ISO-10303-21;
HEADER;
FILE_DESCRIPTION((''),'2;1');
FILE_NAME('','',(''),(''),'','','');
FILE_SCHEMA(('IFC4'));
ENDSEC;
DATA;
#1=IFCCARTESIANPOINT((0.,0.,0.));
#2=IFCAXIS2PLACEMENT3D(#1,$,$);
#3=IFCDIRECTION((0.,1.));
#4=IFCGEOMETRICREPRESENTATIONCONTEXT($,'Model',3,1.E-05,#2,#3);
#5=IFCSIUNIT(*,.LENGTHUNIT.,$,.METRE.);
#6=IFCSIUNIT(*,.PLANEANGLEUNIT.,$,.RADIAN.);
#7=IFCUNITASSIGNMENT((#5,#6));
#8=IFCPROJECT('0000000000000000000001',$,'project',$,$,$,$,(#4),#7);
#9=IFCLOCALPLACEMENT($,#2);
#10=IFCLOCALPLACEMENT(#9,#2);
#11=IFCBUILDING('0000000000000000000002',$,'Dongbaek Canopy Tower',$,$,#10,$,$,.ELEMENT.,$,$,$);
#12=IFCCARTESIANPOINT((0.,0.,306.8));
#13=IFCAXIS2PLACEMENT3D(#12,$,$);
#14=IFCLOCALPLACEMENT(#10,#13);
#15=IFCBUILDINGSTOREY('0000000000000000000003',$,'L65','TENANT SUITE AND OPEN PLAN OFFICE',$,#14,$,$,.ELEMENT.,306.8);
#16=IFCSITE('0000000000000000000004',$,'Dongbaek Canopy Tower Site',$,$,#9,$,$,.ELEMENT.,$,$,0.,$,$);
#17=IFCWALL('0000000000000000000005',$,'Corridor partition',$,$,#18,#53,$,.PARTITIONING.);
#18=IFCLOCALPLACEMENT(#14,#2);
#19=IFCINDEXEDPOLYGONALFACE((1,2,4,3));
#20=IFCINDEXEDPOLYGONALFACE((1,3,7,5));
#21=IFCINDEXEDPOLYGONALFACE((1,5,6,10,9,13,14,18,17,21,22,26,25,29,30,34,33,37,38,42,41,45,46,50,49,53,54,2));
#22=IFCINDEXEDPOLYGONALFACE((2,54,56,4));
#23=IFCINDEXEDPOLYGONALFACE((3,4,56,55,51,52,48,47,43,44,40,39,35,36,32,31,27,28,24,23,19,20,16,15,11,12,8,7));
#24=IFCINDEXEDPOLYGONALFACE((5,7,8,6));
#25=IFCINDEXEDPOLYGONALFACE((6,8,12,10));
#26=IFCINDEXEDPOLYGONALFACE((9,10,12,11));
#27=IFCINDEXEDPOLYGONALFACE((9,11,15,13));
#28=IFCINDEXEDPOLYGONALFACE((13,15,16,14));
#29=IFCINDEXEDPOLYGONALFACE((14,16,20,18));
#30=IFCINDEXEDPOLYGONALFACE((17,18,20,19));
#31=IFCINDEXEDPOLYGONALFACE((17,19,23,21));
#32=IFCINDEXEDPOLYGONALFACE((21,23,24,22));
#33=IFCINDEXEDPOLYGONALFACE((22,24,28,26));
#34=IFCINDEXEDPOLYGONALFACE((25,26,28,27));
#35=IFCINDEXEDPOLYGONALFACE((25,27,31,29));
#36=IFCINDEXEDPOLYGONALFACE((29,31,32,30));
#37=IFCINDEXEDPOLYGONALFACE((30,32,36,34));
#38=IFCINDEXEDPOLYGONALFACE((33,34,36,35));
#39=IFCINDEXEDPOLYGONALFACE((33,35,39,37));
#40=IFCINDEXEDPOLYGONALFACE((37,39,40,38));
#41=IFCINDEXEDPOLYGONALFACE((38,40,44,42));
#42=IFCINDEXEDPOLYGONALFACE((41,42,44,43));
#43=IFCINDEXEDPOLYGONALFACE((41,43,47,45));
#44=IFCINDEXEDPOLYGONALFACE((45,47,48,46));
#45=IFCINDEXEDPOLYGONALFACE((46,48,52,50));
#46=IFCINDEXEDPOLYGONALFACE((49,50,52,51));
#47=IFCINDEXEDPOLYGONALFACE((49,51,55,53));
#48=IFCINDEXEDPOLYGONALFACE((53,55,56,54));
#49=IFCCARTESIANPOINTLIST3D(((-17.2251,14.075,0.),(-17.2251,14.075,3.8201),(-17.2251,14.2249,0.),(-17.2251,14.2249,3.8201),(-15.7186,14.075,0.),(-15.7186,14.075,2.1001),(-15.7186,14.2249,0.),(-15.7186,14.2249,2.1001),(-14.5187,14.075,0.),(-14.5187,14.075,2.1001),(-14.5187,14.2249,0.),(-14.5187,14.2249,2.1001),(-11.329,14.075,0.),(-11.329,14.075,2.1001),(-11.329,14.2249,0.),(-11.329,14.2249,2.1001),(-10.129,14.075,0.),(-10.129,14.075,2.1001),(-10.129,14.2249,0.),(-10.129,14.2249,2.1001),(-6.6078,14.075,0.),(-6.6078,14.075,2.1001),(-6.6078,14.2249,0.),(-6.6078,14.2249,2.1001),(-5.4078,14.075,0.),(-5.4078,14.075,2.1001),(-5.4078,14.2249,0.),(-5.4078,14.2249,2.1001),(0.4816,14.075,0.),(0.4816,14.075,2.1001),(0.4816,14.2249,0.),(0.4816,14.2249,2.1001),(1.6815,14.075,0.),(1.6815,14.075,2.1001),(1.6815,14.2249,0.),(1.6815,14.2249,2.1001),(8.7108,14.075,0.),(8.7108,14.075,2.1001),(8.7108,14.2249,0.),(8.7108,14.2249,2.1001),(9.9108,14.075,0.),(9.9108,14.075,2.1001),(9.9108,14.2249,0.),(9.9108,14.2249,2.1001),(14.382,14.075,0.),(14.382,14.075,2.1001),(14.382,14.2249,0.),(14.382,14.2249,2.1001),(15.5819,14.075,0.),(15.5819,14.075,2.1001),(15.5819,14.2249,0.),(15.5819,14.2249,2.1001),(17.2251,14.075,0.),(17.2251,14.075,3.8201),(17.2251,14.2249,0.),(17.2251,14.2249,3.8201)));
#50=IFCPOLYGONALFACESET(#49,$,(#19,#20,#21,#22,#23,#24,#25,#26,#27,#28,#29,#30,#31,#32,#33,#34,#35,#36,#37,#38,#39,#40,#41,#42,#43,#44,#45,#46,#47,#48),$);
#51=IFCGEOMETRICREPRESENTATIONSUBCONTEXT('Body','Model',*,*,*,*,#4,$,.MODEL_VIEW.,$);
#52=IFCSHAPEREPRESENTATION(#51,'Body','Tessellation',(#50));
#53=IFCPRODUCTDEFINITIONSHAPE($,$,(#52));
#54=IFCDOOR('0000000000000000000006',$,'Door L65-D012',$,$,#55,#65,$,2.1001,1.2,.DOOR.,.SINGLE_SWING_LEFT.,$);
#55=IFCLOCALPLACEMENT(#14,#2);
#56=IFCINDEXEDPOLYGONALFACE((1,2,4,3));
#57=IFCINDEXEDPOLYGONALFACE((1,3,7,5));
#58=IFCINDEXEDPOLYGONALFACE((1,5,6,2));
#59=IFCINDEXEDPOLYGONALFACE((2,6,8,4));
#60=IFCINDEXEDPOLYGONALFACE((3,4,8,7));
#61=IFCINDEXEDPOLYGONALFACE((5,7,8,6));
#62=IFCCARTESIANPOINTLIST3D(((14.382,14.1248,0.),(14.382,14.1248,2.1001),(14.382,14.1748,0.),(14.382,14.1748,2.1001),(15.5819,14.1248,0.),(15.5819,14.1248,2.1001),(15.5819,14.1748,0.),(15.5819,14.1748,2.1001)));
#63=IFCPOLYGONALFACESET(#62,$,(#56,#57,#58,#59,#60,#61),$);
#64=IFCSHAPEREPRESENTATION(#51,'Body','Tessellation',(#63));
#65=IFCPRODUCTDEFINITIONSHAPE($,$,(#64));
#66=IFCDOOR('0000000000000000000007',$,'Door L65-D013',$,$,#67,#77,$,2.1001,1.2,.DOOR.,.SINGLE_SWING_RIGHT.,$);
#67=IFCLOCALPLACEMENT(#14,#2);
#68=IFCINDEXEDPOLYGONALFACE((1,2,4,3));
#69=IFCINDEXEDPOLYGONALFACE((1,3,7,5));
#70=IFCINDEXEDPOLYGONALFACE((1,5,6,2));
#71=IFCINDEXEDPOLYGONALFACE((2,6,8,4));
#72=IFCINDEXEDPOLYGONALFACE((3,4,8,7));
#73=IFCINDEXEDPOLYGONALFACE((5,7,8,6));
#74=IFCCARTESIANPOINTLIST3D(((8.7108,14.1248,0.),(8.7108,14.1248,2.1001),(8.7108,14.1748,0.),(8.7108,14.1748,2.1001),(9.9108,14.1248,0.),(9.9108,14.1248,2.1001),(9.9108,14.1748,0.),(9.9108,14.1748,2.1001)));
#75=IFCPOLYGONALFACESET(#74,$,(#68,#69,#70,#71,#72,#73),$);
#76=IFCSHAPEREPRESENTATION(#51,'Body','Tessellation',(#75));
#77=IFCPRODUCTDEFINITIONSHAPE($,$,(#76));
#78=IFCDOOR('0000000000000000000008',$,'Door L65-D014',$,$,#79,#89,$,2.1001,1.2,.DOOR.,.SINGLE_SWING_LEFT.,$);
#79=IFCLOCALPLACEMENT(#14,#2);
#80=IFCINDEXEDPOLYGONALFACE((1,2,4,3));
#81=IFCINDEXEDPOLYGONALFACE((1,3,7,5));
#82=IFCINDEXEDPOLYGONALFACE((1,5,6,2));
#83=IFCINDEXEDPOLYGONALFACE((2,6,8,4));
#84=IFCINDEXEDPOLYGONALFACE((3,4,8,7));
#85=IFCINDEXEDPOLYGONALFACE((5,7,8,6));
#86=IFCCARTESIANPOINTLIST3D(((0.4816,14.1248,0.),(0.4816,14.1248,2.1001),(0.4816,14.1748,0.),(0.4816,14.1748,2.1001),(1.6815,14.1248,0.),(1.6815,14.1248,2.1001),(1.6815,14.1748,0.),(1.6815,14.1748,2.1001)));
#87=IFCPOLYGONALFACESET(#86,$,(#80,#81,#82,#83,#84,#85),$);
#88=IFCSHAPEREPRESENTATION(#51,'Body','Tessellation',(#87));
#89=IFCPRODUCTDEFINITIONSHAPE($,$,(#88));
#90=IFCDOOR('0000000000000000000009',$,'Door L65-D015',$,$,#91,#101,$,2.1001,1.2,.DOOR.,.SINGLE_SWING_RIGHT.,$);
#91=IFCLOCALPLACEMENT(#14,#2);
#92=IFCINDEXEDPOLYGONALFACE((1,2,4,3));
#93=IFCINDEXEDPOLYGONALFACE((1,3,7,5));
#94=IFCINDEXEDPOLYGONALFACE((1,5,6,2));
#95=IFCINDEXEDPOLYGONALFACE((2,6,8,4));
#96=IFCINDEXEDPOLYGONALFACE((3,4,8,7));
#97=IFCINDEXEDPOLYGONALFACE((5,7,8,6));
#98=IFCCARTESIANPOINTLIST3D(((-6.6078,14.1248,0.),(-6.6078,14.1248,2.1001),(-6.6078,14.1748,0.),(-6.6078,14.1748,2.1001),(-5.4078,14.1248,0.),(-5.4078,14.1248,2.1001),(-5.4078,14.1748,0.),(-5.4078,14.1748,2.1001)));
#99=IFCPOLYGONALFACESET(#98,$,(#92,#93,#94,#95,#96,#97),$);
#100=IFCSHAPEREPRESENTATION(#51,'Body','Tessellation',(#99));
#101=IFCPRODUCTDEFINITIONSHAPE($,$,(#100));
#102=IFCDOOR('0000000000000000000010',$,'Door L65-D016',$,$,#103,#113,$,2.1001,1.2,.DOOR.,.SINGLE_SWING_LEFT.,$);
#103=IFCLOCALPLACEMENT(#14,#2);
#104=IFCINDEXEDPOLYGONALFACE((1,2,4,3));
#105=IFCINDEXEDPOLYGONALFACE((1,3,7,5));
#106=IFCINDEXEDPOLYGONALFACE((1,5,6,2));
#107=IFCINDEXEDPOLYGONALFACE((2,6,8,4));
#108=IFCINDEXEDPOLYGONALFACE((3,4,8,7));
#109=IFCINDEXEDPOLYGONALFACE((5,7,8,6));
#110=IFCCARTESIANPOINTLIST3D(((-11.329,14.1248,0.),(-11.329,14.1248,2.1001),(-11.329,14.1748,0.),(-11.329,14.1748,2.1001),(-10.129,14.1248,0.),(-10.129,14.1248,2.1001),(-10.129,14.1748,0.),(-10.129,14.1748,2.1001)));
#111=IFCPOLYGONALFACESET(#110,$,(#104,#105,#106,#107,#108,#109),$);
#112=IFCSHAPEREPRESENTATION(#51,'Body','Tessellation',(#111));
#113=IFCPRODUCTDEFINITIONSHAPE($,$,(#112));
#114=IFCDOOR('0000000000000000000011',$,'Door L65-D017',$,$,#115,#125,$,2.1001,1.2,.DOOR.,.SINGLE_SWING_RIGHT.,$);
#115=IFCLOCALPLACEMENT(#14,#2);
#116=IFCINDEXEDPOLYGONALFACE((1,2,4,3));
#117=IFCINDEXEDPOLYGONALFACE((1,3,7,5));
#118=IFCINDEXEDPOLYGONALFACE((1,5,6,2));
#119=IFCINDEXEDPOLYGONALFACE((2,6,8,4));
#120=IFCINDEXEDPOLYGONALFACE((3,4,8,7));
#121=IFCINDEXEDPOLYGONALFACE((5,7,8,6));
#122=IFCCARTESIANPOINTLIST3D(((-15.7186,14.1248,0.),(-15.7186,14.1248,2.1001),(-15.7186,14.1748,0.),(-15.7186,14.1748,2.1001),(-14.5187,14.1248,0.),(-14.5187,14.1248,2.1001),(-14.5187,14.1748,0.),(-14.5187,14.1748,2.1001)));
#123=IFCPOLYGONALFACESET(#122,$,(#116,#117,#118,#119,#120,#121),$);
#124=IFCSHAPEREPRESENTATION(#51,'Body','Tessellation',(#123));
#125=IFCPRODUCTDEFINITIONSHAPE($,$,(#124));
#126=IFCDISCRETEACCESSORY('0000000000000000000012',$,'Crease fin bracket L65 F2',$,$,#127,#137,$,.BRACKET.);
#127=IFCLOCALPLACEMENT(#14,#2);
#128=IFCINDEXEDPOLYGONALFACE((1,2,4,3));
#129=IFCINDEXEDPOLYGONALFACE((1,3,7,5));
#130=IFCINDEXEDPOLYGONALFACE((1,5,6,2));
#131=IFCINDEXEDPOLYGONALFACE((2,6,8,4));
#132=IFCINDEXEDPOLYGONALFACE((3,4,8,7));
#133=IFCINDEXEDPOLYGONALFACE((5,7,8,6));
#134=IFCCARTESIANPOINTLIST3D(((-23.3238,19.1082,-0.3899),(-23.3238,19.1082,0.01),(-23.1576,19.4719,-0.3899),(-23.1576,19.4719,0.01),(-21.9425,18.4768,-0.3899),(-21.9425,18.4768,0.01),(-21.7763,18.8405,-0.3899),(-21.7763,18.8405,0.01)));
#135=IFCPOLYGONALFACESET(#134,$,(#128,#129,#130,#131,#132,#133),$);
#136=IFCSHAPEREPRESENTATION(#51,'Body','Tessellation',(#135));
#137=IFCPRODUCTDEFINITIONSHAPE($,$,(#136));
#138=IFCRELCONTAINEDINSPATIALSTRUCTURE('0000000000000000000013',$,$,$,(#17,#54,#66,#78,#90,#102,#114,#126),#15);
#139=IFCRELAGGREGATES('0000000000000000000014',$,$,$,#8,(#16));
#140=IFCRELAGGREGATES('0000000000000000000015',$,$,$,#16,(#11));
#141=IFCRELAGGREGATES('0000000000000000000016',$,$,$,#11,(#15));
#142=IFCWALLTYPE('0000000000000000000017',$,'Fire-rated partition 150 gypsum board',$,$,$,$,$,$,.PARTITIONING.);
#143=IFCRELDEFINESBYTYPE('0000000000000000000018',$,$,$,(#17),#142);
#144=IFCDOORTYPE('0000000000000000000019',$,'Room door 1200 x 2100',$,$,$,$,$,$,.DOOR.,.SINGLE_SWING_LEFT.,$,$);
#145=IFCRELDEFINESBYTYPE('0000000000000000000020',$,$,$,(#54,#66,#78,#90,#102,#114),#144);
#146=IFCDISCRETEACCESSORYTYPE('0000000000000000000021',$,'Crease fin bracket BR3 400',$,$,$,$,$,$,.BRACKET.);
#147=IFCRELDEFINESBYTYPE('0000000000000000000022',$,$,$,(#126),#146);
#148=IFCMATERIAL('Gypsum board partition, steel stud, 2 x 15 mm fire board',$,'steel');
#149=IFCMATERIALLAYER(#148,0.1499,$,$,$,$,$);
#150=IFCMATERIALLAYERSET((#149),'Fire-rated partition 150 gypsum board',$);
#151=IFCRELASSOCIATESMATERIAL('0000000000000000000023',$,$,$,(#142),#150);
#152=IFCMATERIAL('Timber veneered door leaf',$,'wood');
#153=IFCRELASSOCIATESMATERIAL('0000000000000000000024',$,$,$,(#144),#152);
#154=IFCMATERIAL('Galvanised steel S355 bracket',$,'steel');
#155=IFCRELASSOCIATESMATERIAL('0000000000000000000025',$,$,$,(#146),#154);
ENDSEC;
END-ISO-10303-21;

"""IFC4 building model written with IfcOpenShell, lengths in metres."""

from ifc_helpers import new_model, si_unit, direction, frame, frame_2d, origin, origin_2d, place, context, subcontext, project, spatial, rectangle, extrude, material, layer, layer_set, type_object, element, fill, save


model = new_model("IFC4")

# Units and contexts
model_context = context("Model", 3, precision=1e-05, world=origin(), true_north=direction((0.0, 1.0)))
body_context = subcontext(model_context, "Body", "Model", "MODEL_VIEW")
ifc_project = project(units=[si_unit("LENGTHUNIT", "METRE"), si_unit("PLANEANGLEUNIT", "RADIAN")], contexts=[model_context])

# Site, building, storey
site_placement = place(None, origin())
site = spatial("IfcSite", under=ifc_project, at=site_placement, Name="Dongbaek Canopy Tower Site", CompositionType="ELEMENT", RefElevation=0.0)
building_placement = place(site_placement, origin())
building = spatial("IfcBuilding", under=site, at=building_placement, Name="Dongbaek Canopy Tower", CompositionType="ELEMENT")
storey_placement = place(building_placement, frame((0.0, 0.0, 306.8)))
storey = spatial("IfcBuildingStorey", under=building, at=storey_placement, Name="L65", Description="TENANT SUITE AND OPEN PLAN OFFICE", CompositionType="ELEMENT", Elevation=306.8)

# Wall, openings, doors
ifc_material_1 = material(Name="Gypsum board partition, steel stud, 2 x 15 mm fire board", Category="steel")
ifc_layer_1 = layer(ifc_material_1, 0.1499)
ifc_layer_set_1 = layer_set([ifc_layer_1], Name="Fire-rated partition 150 gypsum board")
wall_type_1 = type_object("IfcWallType", Name="Fire-rated partition 150 gypsum board", PredefinedType="PARTITIONING", material=ifc_layer_set_1)
wall_1_placement = place(storey_placement, frame((-17.2251, 14.1499, 0.0), z_axis=(0.0, 0.0, 1.0), x_axis=(1.0, 0.0, 0.0)))
wall_1 = element("IfcWall", 1, at=wall_1_placement, inside=storey, type_object=wall_type_1, Name="Corridor partition", PredefinedType="PARTITIONING", context=body_context, shape_type="SweptSolid", body=[
    extrude(rectangle(XDim=34.4502, YDim=0.1499, at=frame_2d((17.2251, 0.0))), origin(), (0.0, 0.0, 1.0), 3.8201),
])
opening_1_placement = place(wall_1_placement, frame((31.6069, 0.0, 0.0)))
opening_1 = element("IfcOpeningElement", 2, at=opening_1_placement, cuts=wall_1, PredefinedType="OPENING", context=body_context, shape_type="SweptSolid", body=[
    extrude(rectangle(XDim=1.2, YDim=2.1001, at=frame_2d((0.6001, 1.05))), frame((0.0, 0.085, 0.0), z_axis=(0.0, -1.0, 0.0), x_axis=(1.0, 0.0, 0.0)), (0.0, 0.0, 1.0), 0.1699),
])
opening_2_placement = place(wall_1_placement, frame((25.9358, 0.0, 0.0)))
opening_2 = element("IfcOpeningElement", 3, at=opening_2_placement, cuts=wall_1, PredefinedType="OPENING", context=body_context, shape_type="SweptSolid", body=[
    extrude(rectangle(XDim=1.2, YDim=2.1001, at=frame_2d((0.6001, 1.05))), frame((0.0, 0.085, 0.0), z_axis=(0.0, -1.0, 0.0), x_axis=(1.0, 0.0, 0.0)), (0.0, 0.0, 1.0), 0.1699),
])
opening_3_placement = place(wall_1_placement, frame((17.7065, 0.0, 0.0)))
opening_3 = element("IfcOpeningElement", 4, at=opening_3_placement, cuts=wall_1, PredefinedType="OPENING", context=body_context, shape_type="SweptSolid", body=[
    extrude(rectangle(XDim=1.2, YDim=2.1001, at=frame_2d((0.6001, 1.05))), frame((0.0, 0.085, 0.0), z_axis=(0.0, -1.0, 0.0), x_axis=(1.0, 0.0, 0.0)), (0.0, 0.0, 1.0), 0.1699),
])
opening_4_placement = place(wall_1_placement, frame((10.6172, 0.0, 0.0)))
opening_4 = element("IfcOpeningElement", 5, at=opening_4_placement, cuts=wall_1, PredefinedType="OPENING", context=body_context, shape_type="SweptSolid", body=[
    extrude(rectangle(XDim=1.2, YDim=2.1001, at=frame_2d((0.6001, 1.05))), frame((0.0, 0.085, 0.0), z_axis=(0.0, -1.0, 0.0), x_axis=(1.0, 0.0, 0.0)), (0.0, 0.0, 1.0), 0.1699),
])
opening_5_placement = place(wall_1_placement, frame((5.896, 0.0, 0.0)))
opening_5 = element("IfcOpeningElement", 6, at=opening_5_placement, cuts=wall_1, PredefinedType="OPENING", context=body_context, shape_type="SweptSolid", body=[
    extrude(rectangle(XDim=1.2, YDim=2.1001, at=frame_2d((0.6001, 1.05))), frame((0.0, 0.085, 0.0), z_axis=(0.0, -1.0, 0.0), x_axis=(1.0, 0.0, 0.0)), (0.0, 0.0, 1.0), 0.1699),
])
opening_6_placement = place(wall_1_placement, frame((1.5063, 0.0, 0.0)))
opening_6 = element("IfcOpeningElement", 7, at=opening_6_placement, cuts=wall_1, PredefinedType="OPENING", context=body_context, shape_type="SweptSolid", body=[
    extrude(rectangle(XDim=1.2, YDim=2.1001, at=frame_2d((0.6001, 1.05))), frame((0.0, 0.085, 0.0), z_axis=(0.0, -1.0, 0.0), x_axis=(1.0, 0.0, 0.0)), (0.0, 0.0, 1.0), 0.1699),
])
ifc_material_2 = material(Name="Timber veneered door leaf", Category="wood")
door_type_1 = type_object("IfcDoorType", Name="Room door 1200 x 2100", OperationType="SINGLE_SWING_LEFT", PredefinedType="DOOR", material=ifc_material_2)
door_1_placement = place(opening_1_placement, origin())
door_1 = element("IfcDoor", 8, at=door_1_placement, inside=storey, type_object=door_type_1, Name="Door L65-D012", OperationType="SINGLE_SWING_LEFT", OverallHeight=2.1001, OverallWidth=1.2, PredefinedType="DOOR", context=body_context, shape_type="SweptSolid", body=[
    extrude(rectangle(XDim=1.2, YDim=2.1001, at=frame_2d((0.6001, 1.05))), frame((0.0, 0.0249, 0.0), z_axis=(0.0, -1.0, 0.0), x_axis=(1.0, 0.0, 0.0)), (0.0, 0.0, 1.0), 0.05),
])
fill(opening_1, door_1)
door_2_placement = place(opening_2_placement, origin())
door_2 = element("IfcDoor", 9, at=door_2_placement, inside=storey, type_object=door_type_1, Name="Door L65-D013", OperationType="SINGLE_SWING_RIGHT", OverallHeight=2.1001, OverallWidth=1.2, PredefinedType="DOOR", context=body_context, shape_type="SweptSolid", body=[
    extrude(rectangle(XDim=1.2, YDim=2.1001, at=frame_2d((0.6001, 1.05))), frame((0.0, 0.0249, 0.0), z_axis=(0.0, -1.0, 0.0), x_axis=(1.0, 0.0, 0.0)), (0.0, 0.0, 1.0), 0.05),
])
fill(opening_2, door_2)
door_3_placement = place(opening_3_placement, origin())
door_3 = element("IfcDoor", 10, at=door_3_placement, inside=storey, type_object=door_type_1, Name="Door L65-D014", OperationType="SINGLE_SWING_LEFT", OverallHeight=2.1001, OverallWidth=1.2, PredefinedType="DOOR", context=body_context, shape_type="SweptSolid", body=[
    extrude(rectangle(XDim=1.2, YDim=2.1001, at=frame_2d((0.6001, 1.05))), frame((0.0, 0.0249, 0.0), z_axis=(0.0, -1.0, 0.0), x_axis=(1.0, 0.0, 0.0)), (0.0, 0.0, 1.0), 0.05),
])
fill(opening_3, door_3)
door_4_placement = place(opening_4_placement, origin())
door_4 = element("IfcDoor", 11, at=door_4_placement, inside=storey, type_object=door_type_1, Name="Door L65-D015", OperationType="SINGLE_SWING_RIGHT", OverallHeight=2.1001, OverallWidth=1.2, PredefinedType="DOOR", context=body_context, shape_type="SweptSolid", body=[
    extrude(rectangle(XDim=1.2, YDim=2.1001, at=frame_2d((0.6001, 1.05))), frame((0.0, 0.0249, 0.0), z_axis=(0.0, -1.0, 0.0), x_axis=(1.0, 0.0, 0.0)), (0.0, 0.0, 1.0), 0.05),
])
fill(opening_4, door_4)
door_5_placement = place(opening_5_placement, origin())
door_5 = element("IfcDoor", 12, at=door_5_placement, inside=storey, type_object=door_type_1, Name="Door L65-D016", OperationType="SINGLE_SWING_LEFT", OverallHeight=2.1001, OverallWidth=1.2, PredefinedType="DOOR", context=body_context, shape_type="SweptSolid", body=[
    extrude(rectangle(XDim=1.2, YDim=2.1001, at=frame_2d((0.6001, 1.05))), frame((0.0, 0.0249, 0.0), z_axis=(0.0, -1.0, 0.0), x_axis=(1.0, 0.0, 0.0)), (0.0, 0.0, 1.0), 0.05),
])
fill(opening_5, door_5)
door_6_placement = place(opening_6_placement, origin())
door_6 = element("IfcDoor", 13, at=door_6_placement, inside=storey, type_object=door_type_1, Name="Door L65-D017", OperationType="SINGLE_SWING_RIGHT", OverallHeight=2.1001, OverallWidth=1.2, PredefinedType="DOOR", context=body_context, shape_type="SweptSolid", body=[
    extrude(rectangle(XDim=1.2, YDim=2.1001, at=frame_2d((0.6001, 1.05))), frame((0.0, 0.0249, 0.0), z_axis=(0.0, -1.0, 0.0), x_axis=(1.0, 0.0, 0.0)), (0.0, 0.0, 1.0), 0.05),
])
fill(opening_6, door_6)

# Discrete accessory
ifc_material_3 = material(Name="Galvanised steel S355 bracket", Category="steel")
discrete_accessory_type = type_object("IfcDiscreteAccessoryType", Name="Crease fin bracket BR3 400", PredefinedType="BRACKET", material=ifc_material_3)
discrete_accessory_placement = place(storey_placement, frame((-22.55, 18.9744, -0.3899), z_axis=(0.0, 0.0, 1.0), x_axis=(-0.909496, 0.415713, 0.0)))
element("IfcDiscreteAccessory", 14, at=discrete_accessory_placement, inside=storey, type_object=discrete_accessory_type, Name="Crease fin bracket L65 F2", PredefinedType="BRACKET", context=body_context, shape_type="SweptSolid", body=[
    extrude(rectangle(XDim=1.5188, YDim=0.3999, at=origin_2d()), origin(), (0.0, 0.0, 1.0), 0.3999),
])

save(model, "model.ifc")
